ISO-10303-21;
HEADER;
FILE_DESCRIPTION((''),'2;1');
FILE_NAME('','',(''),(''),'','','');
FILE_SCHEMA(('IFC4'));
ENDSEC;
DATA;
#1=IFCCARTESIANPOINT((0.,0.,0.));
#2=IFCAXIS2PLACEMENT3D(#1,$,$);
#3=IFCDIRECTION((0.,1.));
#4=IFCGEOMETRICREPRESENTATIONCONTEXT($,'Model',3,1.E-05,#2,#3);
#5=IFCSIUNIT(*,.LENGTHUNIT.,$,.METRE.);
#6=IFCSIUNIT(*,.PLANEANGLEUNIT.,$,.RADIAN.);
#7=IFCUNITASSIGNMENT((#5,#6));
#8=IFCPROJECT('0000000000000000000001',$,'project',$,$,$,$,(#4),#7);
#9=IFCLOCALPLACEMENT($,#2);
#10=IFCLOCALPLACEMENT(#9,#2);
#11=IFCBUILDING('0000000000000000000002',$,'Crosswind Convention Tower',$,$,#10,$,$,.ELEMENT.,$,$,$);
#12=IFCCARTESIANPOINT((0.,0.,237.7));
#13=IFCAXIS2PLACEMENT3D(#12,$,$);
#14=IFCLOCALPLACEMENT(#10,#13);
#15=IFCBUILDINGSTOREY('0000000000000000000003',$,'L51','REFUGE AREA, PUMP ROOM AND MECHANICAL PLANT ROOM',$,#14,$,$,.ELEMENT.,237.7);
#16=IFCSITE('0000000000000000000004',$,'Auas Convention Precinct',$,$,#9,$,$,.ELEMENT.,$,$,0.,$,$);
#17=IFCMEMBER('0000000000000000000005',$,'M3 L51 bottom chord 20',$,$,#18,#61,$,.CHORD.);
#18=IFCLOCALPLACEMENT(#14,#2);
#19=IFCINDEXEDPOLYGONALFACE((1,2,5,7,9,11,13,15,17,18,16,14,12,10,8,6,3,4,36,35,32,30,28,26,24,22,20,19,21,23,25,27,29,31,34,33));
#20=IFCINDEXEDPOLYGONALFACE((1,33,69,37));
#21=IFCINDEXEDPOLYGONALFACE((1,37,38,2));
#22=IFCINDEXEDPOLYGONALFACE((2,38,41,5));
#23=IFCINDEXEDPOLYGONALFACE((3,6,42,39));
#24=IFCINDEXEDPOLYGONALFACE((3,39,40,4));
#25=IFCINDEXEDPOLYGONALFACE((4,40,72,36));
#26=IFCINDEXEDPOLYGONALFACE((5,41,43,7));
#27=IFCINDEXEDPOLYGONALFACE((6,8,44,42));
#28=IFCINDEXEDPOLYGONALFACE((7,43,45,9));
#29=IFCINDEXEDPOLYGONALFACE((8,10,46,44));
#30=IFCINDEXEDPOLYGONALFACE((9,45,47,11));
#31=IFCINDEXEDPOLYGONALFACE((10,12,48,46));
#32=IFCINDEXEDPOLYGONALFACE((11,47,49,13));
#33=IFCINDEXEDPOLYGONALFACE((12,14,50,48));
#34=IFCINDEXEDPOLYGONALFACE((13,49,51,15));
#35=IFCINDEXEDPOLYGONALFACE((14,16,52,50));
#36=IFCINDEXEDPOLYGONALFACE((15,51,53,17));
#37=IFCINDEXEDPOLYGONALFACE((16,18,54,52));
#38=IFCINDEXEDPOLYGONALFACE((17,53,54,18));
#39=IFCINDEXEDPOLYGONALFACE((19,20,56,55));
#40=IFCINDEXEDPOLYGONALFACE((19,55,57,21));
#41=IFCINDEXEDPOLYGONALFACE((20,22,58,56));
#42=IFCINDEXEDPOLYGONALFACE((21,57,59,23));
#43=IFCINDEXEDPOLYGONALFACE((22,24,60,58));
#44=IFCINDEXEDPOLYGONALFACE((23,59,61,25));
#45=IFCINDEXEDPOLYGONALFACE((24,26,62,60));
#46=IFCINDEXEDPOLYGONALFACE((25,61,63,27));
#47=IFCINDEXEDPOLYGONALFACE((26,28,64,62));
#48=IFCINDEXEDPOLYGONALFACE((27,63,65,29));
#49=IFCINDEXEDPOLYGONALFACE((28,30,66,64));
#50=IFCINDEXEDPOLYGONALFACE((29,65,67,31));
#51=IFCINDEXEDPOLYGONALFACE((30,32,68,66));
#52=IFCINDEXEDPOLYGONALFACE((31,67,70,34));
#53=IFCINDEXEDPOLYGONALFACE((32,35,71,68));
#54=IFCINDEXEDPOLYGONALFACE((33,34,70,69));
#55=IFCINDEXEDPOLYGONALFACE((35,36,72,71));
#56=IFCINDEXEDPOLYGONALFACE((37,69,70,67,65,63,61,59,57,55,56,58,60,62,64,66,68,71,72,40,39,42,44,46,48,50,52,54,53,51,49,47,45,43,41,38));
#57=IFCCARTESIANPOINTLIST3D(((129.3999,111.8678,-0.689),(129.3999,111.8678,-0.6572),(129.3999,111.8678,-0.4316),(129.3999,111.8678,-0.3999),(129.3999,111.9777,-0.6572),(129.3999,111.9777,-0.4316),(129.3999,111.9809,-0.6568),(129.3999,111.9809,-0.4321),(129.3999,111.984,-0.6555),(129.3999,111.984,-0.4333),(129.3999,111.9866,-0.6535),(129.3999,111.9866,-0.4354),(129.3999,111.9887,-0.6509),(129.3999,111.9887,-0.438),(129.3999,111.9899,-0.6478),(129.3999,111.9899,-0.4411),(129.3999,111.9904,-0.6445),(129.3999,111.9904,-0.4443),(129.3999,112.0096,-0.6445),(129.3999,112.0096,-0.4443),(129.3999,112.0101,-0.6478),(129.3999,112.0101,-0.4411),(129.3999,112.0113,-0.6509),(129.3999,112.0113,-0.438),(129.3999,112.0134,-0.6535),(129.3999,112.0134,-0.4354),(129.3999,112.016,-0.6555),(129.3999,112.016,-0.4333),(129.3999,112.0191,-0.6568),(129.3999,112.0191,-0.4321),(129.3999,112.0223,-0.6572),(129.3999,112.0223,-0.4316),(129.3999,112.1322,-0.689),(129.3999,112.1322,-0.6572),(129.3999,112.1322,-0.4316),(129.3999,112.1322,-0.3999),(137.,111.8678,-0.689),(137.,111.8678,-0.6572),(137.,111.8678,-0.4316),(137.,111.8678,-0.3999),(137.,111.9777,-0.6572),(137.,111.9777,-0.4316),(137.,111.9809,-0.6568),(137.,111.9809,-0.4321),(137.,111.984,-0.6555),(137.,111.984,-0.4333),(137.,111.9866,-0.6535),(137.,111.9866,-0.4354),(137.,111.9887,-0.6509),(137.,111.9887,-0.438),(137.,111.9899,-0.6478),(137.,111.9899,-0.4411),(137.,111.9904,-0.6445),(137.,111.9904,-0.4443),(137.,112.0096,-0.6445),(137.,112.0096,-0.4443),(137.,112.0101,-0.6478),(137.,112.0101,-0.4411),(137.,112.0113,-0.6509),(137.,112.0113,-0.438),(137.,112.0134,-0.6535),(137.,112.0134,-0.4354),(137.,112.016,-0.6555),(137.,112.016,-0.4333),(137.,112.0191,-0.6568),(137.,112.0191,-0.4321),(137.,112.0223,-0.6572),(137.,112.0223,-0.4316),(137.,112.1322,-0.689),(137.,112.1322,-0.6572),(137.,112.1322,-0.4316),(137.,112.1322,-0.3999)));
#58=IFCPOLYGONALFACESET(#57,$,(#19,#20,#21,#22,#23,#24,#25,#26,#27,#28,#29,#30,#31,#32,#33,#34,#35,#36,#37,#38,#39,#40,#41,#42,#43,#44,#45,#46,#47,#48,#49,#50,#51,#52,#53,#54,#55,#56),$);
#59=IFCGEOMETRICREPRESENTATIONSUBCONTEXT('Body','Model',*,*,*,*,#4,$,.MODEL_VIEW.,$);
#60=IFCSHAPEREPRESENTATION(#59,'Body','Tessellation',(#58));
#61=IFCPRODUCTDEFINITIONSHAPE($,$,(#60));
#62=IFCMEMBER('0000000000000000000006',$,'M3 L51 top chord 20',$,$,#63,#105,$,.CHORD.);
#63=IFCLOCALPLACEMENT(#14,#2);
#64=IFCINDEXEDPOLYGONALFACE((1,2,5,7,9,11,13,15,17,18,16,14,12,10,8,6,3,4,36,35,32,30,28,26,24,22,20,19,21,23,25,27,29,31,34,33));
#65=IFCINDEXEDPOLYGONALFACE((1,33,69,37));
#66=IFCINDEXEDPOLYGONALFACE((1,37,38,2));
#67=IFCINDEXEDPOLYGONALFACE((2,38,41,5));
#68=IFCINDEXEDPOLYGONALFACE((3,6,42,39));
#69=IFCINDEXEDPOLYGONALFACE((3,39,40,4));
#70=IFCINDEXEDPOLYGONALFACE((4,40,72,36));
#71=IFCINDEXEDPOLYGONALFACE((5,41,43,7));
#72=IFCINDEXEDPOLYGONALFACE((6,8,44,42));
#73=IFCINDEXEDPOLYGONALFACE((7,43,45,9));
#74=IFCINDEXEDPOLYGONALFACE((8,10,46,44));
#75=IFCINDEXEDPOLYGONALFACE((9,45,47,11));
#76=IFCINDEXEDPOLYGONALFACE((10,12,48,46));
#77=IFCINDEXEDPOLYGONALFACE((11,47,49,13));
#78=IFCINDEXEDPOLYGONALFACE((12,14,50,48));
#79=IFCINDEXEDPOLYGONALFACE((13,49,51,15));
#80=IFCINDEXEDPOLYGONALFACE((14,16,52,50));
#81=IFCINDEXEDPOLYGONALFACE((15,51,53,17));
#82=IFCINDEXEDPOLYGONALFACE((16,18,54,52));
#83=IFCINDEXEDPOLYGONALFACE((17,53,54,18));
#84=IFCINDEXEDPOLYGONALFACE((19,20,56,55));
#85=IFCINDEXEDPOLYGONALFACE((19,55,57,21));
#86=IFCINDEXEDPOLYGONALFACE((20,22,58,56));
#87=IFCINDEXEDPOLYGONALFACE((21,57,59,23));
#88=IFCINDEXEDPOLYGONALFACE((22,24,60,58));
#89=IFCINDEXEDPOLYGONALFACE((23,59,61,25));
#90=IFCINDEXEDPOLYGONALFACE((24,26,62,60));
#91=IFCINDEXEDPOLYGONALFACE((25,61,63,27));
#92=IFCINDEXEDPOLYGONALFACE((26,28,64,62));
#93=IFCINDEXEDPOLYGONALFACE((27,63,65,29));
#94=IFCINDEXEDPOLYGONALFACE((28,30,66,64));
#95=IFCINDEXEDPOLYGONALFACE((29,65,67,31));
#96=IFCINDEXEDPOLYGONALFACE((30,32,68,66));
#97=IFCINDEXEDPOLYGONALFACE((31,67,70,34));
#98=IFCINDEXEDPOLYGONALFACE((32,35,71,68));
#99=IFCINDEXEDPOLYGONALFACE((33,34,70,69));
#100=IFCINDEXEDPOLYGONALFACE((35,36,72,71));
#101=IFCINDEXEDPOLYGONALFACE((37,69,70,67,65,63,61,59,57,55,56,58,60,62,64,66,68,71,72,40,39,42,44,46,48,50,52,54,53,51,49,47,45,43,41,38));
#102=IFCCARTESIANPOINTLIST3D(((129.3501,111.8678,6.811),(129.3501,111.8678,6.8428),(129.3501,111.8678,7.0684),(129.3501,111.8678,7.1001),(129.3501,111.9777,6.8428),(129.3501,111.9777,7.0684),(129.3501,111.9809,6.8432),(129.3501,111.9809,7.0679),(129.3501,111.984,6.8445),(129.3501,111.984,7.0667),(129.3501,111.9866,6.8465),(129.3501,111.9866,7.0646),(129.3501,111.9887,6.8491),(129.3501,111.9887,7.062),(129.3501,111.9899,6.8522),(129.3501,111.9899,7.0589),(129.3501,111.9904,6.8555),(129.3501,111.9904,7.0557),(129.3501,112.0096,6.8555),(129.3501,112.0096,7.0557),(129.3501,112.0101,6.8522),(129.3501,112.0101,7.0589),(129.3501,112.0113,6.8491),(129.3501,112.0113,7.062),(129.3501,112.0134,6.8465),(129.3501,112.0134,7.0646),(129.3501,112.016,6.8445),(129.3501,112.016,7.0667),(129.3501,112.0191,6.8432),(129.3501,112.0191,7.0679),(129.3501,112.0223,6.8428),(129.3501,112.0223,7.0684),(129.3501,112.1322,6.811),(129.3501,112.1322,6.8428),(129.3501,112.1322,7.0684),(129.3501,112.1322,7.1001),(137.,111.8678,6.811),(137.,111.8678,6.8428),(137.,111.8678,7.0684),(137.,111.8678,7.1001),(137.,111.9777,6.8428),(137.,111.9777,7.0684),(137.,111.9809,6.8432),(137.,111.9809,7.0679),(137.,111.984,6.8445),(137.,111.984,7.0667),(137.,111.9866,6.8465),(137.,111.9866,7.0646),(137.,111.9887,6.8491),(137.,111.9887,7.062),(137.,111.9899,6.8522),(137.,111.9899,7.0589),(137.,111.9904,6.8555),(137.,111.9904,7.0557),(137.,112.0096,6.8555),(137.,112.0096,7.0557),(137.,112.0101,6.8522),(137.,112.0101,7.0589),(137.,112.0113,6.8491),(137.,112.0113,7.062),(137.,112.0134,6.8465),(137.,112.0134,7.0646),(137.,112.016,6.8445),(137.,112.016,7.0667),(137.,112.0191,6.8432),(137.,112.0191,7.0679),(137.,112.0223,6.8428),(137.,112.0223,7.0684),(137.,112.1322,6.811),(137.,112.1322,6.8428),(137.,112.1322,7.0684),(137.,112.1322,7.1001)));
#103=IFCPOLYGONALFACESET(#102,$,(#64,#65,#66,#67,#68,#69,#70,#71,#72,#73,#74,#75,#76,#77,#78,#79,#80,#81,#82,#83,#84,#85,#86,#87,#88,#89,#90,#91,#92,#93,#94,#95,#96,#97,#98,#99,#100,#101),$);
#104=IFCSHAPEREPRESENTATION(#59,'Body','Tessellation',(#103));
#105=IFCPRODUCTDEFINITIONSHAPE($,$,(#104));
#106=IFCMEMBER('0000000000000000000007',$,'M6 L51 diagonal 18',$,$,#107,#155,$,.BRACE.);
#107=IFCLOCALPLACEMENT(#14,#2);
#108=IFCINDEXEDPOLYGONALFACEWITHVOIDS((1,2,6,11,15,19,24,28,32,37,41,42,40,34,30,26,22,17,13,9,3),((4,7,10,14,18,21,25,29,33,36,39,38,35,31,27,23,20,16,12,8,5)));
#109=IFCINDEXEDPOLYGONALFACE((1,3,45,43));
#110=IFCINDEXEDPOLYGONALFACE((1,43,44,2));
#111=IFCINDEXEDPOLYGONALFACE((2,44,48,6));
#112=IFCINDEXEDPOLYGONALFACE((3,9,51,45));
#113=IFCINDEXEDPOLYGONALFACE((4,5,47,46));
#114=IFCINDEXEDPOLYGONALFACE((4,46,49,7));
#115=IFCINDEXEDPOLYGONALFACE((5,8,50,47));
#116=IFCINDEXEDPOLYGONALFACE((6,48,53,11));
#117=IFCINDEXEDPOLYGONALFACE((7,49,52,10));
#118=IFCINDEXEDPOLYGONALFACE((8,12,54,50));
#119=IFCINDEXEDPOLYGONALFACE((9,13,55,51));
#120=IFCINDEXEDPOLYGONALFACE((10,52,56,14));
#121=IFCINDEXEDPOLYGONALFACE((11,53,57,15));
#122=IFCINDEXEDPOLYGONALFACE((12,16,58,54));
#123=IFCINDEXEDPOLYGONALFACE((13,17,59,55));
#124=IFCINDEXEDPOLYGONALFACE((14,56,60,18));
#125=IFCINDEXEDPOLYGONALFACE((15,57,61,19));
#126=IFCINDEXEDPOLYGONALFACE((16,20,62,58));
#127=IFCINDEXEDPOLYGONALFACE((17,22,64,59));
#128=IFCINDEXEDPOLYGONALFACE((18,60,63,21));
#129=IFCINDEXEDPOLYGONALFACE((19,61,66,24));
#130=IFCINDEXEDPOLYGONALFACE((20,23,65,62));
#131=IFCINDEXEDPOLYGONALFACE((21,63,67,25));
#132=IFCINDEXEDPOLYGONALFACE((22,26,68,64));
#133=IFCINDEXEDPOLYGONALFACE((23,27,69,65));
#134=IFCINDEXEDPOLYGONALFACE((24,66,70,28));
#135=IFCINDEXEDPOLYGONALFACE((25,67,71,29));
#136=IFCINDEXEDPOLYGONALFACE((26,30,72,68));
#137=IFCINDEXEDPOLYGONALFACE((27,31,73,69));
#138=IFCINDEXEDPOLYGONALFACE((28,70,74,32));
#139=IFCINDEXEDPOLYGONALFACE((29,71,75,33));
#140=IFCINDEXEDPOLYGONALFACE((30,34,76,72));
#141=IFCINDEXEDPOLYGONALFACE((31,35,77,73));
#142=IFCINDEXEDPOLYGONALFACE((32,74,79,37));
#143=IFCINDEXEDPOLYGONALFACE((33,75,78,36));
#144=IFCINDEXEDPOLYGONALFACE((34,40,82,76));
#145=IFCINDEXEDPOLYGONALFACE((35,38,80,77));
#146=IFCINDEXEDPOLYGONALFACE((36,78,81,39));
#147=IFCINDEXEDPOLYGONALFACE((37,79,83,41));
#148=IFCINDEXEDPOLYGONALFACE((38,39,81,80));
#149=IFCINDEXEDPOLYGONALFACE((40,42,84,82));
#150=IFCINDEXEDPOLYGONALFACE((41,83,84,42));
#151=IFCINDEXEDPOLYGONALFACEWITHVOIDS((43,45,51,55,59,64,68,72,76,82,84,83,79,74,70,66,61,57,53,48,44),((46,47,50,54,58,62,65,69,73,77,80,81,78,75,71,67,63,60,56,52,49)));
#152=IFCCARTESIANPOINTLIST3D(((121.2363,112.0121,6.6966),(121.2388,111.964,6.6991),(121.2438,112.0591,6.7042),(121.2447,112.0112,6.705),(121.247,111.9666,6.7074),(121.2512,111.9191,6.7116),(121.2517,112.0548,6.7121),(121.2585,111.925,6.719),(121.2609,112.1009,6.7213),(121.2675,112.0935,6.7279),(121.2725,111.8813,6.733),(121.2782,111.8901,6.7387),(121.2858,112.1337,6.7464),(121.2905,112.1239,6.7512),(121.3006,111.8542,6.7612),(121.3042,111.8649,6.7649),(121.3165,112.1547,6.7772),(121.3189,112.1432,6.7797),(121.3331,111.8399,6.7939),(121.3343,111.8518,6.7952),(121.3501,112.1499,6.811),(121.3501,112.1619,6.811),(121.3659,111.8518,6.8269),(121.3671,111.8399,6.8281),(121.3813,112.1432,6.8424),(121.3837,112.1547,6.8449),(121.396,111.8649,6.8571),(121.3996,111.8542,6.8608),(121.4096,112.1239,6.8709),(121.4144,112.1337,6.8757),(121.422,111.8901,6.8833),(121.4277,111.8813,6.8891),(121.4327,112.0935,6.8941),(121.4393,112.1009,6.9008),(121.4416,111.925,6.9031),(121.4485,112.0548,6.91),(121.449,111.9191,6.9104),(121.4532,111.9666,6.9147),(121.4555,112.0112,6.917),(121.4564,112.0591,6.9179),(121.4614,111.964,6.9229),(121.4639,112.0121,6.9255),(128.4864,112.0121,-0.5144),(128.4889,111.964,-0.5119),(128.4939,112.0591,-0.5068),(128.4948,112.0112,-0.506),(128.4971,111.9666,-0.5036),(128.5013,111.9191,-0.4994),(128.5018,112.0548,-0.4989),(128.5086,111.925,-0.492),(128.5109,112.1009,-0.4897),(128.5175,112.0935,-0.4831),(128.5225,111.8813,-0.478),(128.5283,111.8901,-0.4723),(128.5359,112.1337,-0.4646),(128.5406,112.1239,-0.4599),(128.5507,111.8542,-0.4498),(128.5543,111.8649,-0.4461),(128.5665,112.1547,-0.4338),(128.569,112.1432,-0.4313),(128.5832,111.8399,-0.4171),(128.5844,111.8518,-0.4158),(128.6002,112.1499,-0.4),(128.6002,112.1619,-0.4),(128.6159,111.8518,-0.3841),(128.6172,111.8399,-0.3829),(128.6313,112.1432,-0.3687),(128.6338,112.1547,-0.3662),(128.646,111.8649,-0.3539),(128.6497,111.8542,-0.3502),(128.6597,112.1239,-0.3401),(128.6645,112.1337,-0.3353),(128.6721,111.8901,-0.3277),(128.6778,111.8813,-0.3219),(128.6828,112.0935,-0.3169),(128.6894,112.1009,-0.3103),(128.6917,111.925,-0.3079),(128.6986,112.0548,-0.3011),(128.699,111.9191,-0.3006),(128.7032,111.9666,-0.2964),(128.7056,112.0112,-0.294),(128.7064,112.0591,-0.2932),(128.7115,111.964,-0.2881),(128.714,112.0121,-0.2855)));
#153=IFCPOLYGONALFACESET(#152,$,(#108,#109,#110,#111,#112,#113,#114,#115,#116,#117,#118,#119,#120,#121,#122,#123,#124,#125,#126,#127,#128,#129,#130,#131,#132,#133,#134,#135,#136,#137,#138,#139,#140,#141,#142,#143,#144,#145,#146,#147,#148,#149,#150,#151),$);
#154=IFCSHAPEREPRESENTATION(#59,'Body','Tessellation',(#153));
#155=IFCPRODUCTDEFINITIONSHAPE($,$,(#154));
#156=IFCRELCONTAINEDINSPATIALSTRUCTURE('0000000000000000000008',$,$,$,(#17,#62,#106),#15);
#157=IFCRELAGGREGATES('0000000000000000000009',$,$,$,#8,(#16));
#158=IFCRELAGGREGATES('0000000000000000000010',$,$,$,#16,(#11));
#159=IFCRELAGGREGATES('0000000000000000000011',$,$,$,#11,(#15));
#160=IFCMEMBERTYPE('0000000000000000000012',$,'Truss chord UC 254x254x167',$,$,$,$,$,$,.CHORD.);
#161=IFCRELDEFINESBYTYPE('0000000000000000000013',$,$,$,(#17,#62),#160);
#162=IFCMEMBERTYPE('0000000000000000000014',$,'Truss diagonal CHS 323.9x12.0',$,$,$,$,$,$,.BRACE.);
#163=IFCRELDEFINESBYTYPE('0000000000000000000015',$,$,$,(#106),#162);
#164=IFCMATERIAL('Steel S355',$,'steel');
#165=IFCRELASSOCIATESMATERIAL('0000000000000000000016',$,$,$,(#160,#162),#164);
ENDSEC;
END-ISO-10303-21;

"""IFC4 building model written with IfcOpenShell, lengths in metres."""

from ifc_helpers import new_model, si_unit, direction, frame, origin, origin_2d, place, context, subcontext, project, spatial, hollow_circle, i_section, extrude, material, material_profile, profile_set, type_object, element, save


model = new_model("IFC4")

# Units and contexts
model_context = context("Model", 3, precision=1e-05, world=origin(), true_north=direction((0.0, 1.0)))
body_context = subcontext(model_context, "Body", "Model", "MODEL_VIEW")
ifc_project = project(units=[si_unit("LENGTHUNIT", "METRE"), si_unit("PLANEANGLEUNIT", "RADIAN")], contexts=[model_context])

# Site, building, storey
site_placement = place(None, origin())
site = spatial("IfcSite", under=ifc_project, at=site_placement, Name="Auas Convention Precinct", CompositionType="ELEMENT", RefElevation=0.0)
building_placement = place(site_placement, origin())
building = spatial("IfcBuilding", under=site, at=building_placement, Name="Crosswind Convention Tower", CompositionType="ELEMENT")
storey_placement = place(building_placement, frame((0.0, 0.0, 237.7)))
storey = spatial("IfcBuildingStorey", under=building, at=storey_placement, Name="L51", Description="REFUGE AREA, PUMP ROOM AND MECHANICAL PLANT ROOM", CompositionType="ELEMENT", Elevation=237.7)

# Shared definitions
ifc_material_1 = material(Name="Steel S355", Category="steel")

# Members
ifc_material_profile_1 = material_profile(ifc_material_1, i_section(OverallWidth=0.2644, OverallDepth=0.2891, WebThickness=0.0193, FlangeThickness=0.0317, FilletRadius=0.0127, at=origin_2d()), Name="UC 254x254x167")
ifc_profile_set_1 = profile_set([ifc_material_profile_1], Name="Steel S355")
member_type_1 = type_object("IfcMemberType", Name="Truss chord UC 254x254x167", PredefinedType="CHORD", material=ifc_profile_set_1)
member_1_placement = place(storey_placement, frame((129.3999, 112.0, -0.5444), z_axis=(1.0, 0.0, 0.0), x_axis=(0.0, 1.0, 0.0)))
element("IfcMember", 1, at=member_1_placement, inside=storey, type_object=member_type_1, Name="M3 L51 bottom chord 20", PredefinedType="CHORD", context=body_context, shape_type="SweptSolid", body=[
    extrude(i_section(OverallWidth=0.2644, OverallDepth=0.2891, WebThickness=0.0193, FlangeThickness=0.0317, FilletRadius=0.0127, at=origin_2d()), origin(), (0.0, 0.0, 1.0), 7.6001),
])
member_2_placement = place(storey_placement, frame((129.3501, 112.0, 6.9556), z_axis=(1.0, 0.0, 0.0), x_axis=(0.0, 1.0, 0.0)))
element("IfcMember", 2, at=member_2_placement, inside=storey, type_object=member_type_1, Name="M3 L51 top chord 20", PredefinedType="CHORD", context=body_context, shape_type="SweptSolid", body=[
    extrude(i_section(OverallWidth=0.2644, OverallDepth=0.2891, WebThickness=0.0193, FlangeThickness=0.0317, FilletRadius=0.0127, at=origin_2d()), origin(), (0.0, 0.0, 1.0), 7.6499),
])
ifc_material_profile_2 = material_profile(ifc_material_1, hollow_circle(Radius=0.1619, WallThickness=0.012, at=origin_2d()), Name="CHS 323.9x12.0")
ifc_profile_set_2 = profile_set([ifc_material_profile_2], Name="Steel S355")
member_type_2 = type_object("IfcMemberType", Name="Truss diagonal CHS 323.9x12.0", PredefinedType="BRACE", material=ifc_profile_set_2)
member_3_placement = place(storey_placement, frame((121.3501, 112.0, 6.811), z_axis=(0.709014, 0.0, -0.705194), x_axis=(0.0, 1.0, 0.0)))
element("IfcMember", 3, at=member_3_placement, inside=storey, type_object=member_type_2, Name="M6 L51 diagonal 18", PredefinedType="BRACE", context=body_context, shape_type="SweptSolid", body=[
    extrude(hollow_circle(Radius=0.1619, WallThickness=0.012, at=origin_2d()), origin(), (0.0, 0.0, 1.0), 10.2256),
])

save(model, "model.ifc")
